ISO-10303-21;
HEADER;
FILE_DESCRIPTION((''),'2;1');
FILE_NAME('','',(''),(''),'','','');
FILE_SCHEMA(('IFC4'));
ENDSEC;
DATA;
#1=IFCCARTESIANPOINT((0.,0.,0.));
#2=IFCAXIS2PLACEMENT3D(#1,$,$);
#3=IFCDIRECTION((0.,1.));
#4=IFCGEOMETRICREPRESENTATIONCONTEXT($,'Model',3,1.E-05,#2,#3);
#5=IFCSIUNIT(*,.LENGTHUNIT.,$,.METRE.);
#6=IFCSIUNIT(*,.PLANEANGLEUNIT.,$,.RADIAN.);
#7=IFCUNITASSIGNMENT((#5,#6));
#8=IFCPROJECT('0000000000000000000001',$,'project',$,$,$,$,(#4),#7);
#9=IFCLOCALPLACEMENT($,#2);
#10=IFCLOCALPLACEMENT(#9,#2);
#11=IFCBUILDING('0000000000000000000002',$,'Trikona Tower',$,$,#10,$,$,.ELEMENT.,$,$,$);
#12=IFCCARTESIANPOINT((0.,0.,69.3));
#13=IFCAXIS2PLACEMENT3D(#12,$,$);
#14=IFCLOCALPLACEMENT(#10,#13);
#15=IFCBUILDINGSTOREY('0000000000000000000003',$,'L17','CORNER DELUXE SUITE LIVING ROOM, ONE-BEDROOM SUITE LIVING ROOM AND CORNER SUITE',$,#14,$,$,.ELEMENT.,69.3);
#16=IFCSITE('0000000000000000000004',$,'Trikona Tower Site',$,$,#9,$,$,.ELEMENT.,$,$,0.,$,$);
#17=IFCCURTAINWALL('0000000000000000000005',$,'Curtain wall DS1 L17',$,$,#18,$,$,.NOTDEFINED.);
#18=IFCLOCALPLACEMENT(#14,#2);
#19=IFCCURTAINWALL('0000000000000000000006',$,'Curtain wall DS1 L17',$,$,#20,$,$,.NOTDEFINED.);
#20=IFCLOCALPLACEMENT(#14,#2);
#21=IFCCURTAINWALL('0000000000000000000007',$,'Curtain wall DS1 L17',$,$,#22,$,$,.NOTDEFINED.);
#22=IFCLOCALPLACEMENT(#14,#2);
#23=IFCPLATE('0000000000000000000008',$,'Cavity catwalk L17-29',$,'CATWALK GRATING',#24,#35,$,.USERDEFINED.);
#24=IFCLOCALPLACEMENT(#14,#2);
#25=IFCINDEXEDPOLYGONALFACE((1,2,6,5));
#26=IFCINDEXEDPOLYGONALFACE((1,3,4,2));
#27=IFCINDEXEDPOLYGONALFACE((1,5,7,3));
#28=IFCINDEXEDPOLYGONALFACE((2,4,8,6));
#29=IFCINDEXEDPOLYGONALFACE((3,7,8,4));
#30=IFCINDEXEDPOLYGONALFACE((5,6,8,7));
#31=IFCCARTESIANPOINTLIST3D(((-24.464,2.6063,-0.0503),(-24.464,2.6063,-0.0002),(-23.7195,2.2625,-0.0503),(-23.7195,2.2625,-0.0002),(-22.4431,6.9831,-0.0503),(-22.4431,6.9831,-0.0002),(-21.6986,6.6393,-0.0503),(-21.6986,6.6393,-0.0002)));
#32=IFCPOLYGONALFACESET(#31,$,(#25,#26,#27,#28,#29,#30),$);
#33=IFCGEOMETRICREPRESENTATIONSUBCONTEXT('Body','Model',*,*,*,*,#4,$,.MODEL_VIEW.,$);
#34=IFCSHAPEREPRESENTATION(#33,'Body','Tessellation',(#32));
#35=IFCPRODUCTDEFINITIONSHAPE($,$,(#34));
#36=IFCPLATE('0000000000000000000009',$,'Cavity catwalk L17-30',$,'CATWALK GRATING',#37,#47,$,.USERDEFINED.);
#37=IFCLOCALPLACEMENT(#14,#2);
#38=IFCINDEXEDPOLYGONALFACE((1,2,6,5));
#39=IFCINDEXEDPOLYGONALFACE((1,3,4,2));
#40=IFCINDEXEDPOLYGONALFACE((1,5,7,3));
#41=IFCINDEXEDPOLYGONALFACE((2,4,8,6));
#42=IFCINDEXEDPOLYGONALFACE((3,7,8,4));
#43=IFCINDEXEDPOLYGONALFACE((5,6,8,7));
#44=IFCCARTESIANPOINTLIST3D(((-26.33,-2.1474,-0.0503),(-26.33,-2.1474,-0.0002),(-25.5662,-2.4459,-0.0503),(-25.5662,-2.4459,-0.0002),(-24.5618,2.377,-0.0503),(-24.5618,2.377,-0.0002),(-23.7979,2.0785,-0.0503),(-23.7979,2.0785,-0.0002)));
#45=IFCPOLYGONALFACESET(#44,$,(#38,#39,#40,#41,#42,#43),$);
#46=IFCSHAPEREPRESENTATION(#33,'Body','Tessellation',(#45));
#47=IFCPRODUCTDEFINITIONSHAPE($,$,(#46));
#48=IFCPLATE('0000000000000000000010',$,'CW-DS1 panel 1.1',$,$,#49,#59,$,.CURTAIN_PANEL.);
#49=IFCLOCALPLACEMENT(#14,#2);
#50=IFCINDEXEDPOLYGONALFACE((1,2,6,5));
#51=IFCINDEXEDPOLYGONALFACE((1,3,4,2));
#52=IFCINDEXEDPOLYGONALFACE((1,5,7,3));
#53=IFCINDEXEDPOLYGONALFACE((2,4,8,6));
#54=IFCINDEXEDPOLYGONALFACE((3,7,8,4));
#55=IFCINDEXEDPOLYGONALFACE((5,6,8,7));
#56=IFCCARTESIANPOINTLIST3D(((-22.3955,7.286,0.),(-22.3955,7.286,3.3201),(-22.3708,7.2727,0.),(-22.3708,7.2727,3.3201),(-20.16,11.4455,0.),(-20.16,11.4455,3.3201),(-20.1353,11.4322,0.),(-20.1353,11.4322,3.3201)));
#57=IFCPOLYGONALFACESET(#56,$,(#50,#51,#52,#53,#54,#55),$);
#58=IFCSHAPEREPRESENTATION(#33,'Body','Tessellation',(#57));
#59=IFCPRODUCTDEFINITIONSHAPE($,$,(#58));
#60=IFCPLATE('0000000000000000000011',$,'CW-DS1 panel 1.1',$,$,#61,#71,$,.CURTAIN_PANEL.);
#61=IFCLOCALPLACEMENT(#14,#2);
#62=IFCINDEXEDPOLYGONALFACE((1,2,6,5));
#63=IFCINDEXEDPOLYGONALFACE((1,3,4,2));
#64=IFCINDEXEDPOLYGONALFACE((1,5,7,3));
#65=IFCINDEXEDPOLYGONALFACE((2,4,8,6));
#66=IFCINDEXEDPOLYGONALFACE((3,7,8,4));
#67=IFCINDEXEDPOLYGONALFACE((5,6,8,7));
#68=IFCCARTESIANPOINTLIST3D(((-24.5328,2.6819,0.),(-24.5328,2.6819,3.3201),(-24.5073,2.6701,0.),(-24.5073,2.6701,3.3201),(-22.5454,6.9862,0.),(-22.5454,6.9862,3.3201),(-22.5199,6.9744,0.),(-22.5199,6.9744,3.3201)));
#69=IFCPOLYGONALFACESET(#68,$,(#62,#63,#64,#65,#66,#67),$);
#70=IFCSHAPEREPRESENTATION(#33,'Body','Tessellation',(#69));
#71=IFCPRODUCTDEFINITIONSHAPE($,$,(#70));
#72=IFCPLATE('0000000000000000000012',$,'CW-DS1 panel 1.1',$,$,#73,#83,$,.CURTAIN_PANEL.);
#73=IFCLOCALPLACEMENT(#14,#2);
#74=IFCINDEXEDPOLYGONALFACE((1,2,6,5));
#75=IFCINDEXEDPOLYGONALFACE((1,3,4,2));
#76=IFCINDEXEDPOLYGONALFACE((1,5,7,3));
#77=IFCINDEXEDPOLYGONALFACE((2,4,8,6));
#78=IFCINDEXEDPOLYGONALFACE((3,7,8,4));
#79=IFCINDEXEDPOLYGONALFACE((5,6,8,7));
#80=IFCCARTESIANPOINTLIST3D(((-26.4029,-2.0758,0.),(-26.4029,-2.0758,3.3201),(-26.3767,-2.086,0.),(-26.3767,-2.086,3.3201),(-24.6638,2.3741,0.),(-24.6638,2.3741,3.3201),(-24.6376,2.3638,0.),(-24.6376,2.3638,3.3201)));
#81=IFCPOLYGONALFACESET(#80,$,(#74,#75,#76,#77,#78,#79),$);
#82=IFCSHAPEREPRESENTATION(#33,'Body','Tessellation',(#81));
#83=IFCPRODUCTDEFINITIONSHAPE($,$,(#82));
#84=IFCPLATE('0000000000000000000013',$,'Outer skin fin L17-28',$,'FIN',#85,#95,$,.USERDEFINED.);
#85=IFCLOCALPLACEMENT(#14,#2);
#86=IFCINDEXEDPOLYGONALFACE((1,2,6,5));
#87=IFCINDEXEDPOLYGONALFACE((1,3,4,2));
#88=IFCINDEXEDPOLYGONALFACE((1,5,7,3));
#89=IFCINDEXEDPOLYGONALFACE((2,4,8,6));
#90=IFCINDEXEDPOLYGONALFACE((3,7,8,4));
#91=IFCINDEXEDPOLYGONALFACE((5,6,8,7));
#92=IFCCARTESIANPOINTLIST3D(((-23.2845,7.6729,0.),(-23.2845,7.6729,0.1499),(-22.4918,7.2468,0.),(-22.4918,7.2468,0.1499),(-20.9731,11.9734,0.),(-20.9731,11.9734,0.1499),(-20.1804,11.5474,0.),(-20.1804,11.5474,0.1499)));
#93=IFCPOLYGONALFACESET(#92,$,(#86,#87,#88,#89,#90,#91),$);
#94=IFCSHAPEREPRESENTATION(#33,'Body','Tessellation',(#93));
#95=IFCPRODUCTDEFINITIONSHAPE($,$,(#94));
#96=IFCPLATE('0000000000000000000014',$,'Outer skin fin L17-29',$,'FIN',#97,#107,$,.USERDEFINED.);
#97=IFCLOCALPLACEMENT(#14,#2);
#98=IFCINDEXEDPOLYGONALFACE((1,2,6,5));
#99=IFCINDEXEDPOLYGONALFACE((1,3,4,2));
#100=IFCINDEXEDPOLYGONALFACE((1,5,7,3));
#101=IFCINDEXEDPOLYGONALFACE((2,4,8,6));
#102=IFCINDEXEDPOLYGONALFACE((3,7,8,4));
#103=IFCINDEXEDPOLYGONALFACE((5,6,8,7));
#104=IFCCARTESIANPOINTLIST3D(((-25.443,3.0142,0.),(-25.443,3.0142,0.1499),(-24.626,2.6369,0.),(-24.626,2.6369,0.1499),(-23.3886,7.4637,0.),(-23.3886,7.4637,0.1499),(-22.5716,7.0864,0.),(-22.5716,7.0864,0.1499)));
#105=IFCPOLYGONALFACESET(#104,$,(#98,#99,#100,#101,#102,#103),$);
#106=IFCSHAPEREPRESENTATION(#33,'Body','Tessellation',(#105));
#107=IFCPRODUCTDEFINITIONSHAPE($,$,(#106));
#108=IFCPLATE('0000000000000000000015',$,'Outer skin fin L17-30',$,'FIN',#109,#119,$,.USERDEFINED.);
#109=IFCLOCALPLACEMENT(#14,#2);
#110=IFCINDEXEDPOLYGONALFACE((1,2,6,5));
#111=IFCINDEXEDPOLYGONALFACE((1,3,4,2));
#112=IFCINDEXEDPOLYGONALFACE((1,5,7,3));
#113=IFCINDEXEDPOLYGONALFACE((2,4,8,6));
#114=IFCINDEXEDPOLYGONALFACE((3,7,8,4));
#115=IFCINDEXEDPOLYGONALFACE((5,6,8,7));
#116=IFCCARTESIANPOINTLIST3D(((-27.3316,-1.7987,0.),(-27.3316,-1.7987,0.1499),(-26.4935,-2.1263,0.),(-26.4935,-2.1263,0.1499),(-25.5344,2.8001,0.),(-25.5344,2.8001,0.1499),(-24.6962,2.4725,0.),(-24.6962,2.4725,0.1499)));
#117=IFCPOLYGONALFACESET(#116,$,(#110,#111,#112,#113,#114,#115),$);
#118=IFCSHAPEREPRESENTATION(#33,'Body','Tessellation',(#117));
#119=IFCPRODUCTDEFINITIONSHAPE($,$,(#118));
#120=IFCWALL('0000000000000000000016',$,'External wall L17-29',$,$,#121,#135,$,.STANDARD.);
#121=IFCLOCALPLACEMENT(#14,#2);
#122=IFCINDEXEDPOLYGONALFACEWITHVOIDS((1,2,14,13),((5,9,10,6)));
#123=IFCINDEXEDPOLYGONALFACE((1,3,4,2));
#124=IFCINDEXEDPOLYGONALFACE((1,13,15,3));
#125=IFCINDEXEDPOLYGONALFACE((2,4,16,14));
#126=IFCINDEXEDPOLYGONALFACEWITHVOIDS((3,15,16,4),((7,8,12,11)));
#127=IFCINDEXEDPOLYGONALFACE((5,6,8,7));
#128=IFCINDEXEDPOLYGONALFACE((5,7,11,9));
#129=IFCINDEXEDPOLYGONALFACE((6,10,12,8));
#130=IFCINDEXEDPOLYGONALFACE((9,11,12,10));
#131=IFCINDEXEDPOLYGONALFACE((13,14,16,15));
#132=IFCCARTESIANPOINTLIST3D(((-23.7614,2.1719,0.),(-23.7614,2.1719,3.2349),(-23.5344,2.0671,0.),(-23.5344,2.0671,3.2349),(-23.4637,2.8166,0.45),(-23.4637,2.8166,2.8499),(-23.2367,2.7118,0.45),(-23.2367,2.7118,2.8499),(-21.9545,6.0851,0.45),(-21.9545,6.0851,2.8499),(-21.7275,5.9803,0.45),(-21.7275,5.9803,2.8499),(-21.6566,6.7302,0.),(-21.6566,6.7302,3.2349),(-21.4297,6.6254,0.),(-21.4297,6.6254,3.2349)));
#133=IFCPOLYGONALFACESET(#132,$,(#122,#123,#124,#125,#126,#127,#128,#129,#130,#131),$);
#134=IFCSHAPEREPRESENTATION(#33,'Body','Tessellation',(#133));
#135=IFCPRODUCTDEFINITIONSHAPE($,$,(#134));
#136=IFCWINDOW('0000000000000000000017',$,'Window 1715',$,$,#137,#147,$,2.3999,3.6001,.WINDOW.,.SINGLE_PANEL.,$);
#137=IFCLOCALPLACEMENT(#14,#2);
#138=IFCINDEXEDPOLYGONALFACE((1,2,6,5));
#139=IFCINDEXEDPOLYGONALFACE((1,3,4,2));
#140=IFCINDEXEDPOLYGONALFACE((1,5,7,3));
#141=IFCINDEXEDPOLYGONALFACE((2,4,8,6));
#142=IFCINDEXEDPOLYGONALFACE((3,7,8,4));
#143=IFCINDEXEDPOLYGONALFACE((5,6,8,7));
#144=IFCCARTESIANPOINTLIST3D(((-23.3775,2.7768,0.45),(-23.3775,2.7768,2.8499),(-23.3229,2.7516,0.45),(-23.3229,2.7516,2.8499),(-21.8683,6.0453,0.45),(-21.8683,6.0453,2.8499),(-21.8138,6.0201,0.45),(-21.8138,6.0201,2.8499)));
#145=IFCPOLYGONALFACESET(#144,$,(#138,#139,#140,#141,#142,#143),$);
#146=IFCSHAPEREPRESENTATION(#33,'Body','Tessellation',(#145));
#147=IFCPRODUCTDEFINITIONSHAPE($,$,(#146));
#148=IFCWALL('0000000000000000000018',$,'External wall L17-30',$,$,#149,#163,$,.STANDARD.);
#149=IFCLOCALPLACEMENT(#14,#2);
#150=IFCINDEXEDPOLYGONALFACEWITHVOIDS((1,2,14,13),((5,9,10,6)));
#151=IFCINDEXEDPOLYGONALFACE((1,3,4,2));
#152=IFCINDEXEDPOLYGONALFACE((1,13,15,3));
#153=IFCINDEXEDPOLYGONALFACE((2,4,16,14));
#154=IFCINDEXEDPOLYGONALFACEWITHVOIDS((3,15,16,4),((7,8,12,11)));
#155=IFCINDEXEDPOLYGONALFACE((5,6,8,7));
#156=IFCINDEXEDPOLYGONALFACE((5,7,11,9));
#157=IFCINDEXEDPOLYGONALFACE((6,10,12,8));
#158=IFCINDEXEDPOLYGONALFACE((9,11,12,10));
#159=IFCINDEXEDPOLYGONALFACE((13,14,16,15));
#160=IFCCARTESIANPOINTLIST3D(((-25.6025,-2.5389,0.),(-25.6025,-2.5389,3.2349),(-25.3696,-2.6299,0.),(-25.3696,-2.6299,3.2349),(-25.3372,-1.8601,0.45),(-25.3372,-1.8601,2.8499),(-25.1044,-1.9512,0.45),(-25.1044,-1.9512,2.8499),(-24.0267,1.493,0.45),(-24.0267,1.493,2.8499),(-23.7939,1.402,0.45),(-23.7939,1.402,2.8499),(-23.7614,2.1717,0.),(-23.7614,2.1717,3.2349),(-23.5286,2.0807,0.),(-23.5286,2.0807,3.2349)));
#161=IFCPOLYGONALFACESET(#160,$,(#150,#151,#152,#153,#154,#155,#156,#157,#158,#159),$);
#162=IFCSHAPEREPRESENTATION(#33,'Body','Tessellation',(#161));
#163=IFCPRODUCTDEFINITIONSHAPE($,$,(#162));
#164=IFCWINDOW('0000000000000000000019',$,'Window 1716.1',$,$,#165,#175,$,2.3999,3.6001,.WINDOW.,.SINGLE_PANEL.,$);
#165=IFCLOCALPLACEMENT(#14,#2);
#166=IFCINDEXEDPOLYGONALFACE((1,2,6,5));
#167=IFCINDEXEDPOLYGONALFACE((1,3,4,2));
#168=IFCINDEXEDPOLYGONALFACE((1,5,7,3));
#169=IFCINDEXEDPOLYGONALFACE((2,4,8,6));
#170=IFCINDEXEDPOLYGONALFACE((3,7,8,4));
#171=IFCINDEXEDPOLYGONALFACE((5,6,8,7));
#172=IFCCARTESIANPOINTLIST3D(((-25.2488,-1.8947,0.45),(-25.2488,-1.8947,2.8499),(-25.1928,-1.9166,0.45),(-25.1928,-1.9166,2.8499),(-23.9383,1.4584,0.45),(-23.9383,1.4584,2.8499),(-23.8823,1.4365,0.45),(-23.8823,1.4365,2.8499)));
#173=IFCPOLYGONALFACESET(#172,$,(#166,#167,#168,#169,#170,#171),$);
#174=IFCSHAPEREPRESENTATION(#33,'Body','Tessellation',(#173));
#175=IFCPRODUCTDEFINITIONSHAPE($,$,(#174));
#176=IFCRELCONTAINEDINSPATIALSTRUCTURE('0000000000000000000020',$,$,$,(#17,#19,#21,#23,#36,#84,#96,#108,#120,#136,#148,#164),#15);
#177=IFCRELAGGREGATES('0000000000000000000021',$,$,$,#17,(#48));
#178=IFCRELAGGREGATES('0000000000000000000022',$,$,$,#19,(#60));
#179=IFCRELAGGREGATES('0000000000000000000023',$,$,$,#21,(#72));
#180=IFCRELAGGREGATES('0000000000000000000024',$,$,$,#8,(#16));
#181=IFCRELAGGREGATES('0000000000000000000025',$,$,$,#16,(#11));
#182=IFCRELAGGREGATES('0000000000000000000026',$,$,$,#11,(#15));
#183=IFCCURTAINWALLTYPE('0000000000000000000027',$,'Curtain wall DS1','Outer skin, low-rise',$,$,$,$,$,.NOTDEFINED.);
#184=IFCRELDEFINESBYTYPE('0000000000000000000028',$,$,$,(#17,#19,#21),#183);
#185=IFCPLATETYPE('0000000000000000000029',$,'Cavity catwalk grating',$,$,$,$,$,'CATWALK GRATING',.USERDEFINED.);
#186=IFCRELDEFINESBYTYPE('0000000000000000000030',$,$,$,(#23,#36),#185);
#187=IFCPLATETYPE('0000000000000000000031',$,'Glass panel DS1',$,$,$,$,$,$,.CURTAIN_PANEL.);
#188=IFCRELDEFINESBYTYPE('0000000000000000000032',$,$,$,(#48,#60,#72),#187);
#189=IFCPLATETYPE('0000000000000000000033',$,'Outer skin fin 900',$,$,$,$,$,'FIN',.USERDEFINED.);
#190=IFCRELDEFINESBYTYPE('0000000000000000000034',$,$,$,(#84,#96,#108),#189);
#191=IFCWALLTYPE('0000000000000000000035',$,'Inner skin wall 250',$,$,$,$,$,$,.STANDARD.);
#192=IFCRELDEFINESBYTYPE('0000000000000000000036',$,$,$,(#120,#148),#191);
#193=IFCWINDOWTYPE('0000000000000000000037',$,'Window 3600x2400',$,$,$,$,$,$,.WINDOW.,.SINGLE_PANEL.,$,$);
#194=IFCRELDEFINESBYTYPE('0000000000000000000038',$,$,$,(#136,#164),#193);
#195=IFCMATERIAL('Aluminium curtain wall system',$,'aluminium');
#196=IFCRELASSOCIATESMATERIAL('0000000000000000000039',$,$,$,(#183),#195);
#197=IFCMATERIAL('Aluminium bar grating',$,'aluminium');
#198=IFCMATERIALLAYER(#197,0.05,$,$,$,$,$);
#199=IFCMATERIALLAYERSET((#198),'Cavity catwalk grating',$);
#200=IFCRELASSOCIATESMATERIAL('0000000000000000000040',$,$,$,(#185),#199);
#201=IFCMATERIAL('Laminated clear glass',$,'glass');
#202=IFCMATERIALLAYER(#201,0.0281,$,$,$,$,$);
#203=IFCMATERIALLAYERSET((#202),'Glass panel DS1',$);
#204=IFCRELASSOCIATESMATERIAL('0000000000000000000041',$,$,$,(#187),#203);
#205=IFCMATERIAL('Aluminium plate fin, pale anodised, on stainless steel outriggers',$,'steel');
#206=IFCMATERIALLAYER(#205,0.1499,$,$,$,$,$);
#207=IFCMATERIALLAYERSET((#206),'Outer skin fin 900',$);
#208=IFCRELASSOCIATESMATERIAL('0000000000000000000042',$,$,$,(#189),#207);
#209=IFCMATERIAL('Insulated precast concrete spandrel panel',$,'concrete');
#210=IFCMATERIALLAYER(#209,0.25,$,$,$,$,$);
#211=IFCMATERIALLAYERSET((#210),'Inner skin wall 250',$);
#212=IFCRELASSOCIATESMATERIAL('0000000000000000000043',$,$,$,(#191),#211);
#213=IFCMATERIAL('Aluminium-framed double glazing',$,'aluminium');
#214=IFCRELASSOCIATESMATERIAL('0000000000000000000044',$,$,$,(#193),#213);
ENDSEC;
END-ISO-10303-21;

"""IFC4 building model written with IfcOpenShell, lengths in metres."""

from ifc_helpers import new_model, si_unit, direction, frame, frame_2d, origin, origin_2d, place, context, subcontext, project, spatial, rectangle, extrude, material, layer, layer_set, type_object, element, fill, aggregate, save


model = new_model("IFC4")

# Units and contexts
model_context = context("Model", 3, precision=1e-05, world=origin(), true_north=direction((0.0, 1.0)))
body_context = subcontext(model_context, "Body", "Model", "MODEL_VIEW")
ifc_project = project(units=[si_unit("LENGTHUNIT", "METRE"), si_unit("PLANEANGLEUNIT", "RADIAN")], contexts=[model_context])

# Site, building, storey
site_placement = place(None, origin())
site = spatial("IfcSite", under=ifc_project, at=site_placement, Name="Trikona Tower Site", CompositionType="ELEMENT", RefElevation=0.0)
building_placement = place(site_placement, origin())
building = spatial("IfcBuilding", under=site, at=building_placement, Name="Trikona Tower", CompositionType="ELEMENT")
storey_placement = place(building_placement, frame((0.0, 0.0, 69.3)))
storey = spatial("IfcBuildingStorey", under=building, at=storey_placement, Name="L17", Description="CORNER DELUXE SUITE LIVING ROOM, ONE-BEDROOM SUITE LIVING ROOM AND CORNER SUITE", CompositionType="ELEMENT", Elevation=69.3)

# Shared definitions
ifc_material_1 = material(Name="Aluminium curtain wall system", Category="aluminium")
curtain_wall_type = type_object("IfcCurtainWallType", Name="Curtain wall DS1", Description="Outer skin, low-rise", PredefinedType="NOTDEFINED", material=ifc_material_1)

# Curtain walls
curtain_wall_1_placement = place(storey_placement, origin())
curtain_wall_1 = element("IfcCurtainWall", 1, at=curtain_wall_1_placement, inside=storey, type_object=curtain_wall_type, Name="Curtain wall DS1 L17", PredefinedType="NOTDEFINED")
curtain_wall_2_placement = place(storey_placement, origin())
curtain_wall_2 = element("IfcCurtainWall", 2, at=curtain_wall_2_placement, inside=storey, type_object=curtain_wall_type, Name="Curtain wall DS1 L17", PredefinedType="NOTDEFINED")

# Curtain wall
curtain_wall_3_placement = place(storey_placement, origin())
curtain_wall_3 = element("IfcCurtainWall", 3, at=curtain_wall_3_placement, inside=storey, type_object=curtain_wall_type, Name="Curtain wall DS1 L17", PredefinedType="NOTDEFINED")

# Plates
ifc_material_2 = material(Name="Aluminium bar grating", Category="aluminium")
ifc_layer_1 = layer(ifc_material_2, 0.05)
ifc_layer_set_1 = layer_set([ifc_layer_1], Name="Cavity catwalk grating")
plate_type_1 = type_object("IfcPlateType", Name="Cavity catwalk grating", ElementType="CATWALK GRATING", PredefinedType="USERDEFINED", material=ifc_layer_set_1)
plate_1_placement = place(storey_placement, frame((-23.0813, 4.6228, -0.0503), z_axis=(0.0, 0.0, 1.0), x_axis=(-0.419194, -0.907897, 0.0)))
element("IfcPlate", 4, at=plate_1_placement, inside=storey, type_object=plate_type_1, Name="Cavity catwalk L17-29", ObjectType="CATWALK GRATING", PredefinedType="USERDEFINED", context=body_context, shape_type="SweptSolid", body=[
    extrude(rectangle(XDim=4.8208, YDim=0.8201, at=origin_2d()), origin(), (0.0, 0.0, 1.0), 0.05),
])
plate_2_placement = place(storey_placement, frame((-25.064, -0.0344, -0.0503), z_axis=(0.0, 0.0, 1.0), x_axis=(-0.364009, -0.931395, 0.0)))
element("IfcPlate", 5, at=plate_2_placement, inside=storey, type_object=plate_type_1, Name="Cavity catwalk L17-30", ObjectType="CATWALK GRATING", PredefinedType="USERDEFINED", context=body_context, shape_type="SweptSolid", body=[
    extrude(rectangle(XDim=4.8577, YDim=0.8201, at=origin_2d()), origin(), (0.0, 0.0, 1.0), 0.05),
])

# Plates
ifc_material_3 = material(Name="Laminated clear glass", Category="glass")
ifc_layer_2 = layer(ifc_material_3, 0.0281)
ifc_layer_set_2 = layer_set([ifc_layer_2], Name="Glass panel DS1")
plate_type_2 = type_object("IfcPlateType", Name="Glass panel DS1", PredefinedType="CURTAIN_PANEL", material=ifc_layer_set_2)
plate_3_placement = place(storey_placement, frame((-21.2654, 9.3591, 0.0), z_axis=(0.0, 0.0, 1.0), x_axis=(-0.473408, -0.880843, 0.0)))
plate_3 = element("IfcPlate", 6, at=plate_3_placement, type_object=plate_type_2, Name="CW-DS1 panel 1.1", PredefinedType="CURTAIN_PANEL", context=body_context, shape_type="SweptSolid", body=[
    extrude(rectangle(XDim=4.7222, YDim=0.0281, at=origin_2d()), origin(), (0.0, 0.0, 1.0), 3.3201),
])
aggregate(curtain_wall_1, [plate_3])
plate_4_placement = place(storey_placement, frame((-23.5264, 4.8281, 0.0), z_axis=(0.0, 0.0, 1.0), x_axis=(-0.41919, -0.907898, 0.0)))
plate_4 = element("IfcPlate", 7, at=plate_4_placement, type_object=plate_type_2, Name="CW-DS1 panel 1.1", PredefinedType="CURTAIN_PANEL", context=body_context, shape_type="SweptSolid", body=[
    extrude(rectangle(XDim=4.741, YDim=0.0281, at=origin_2d()), origin(), (0.0, 0.0, 1.0), 3.3201),
])
aggregate(curtain_wall_2, [plate_4])
plate_5_placement = place(storey_placement, frame((-25.5203, 0.144, 0.0), z_axis=(0.0, 0.0, 1.0), x_axis=(-0.364008, -0.931396, 0.0)))
plate_5 = element("IfcPlate", 8, at=plate_5_placement, type_object=plate_type_2, Name="CW-DS1 panel 1.1", PredefinedType="CURTAIN_PANEL", context=body_context, shape_type="SweptSolid", body=[
    extrude(rectangle(XDim=4.7776, YDim=0.0281, at=origin_2d()), origin(), (0.0, 0.0, 1.0), 3.3201),
])
aggregate(curtain_wall_3, [plate_5])

# Plates
ifc_material_4 = material(Name="Aluminium plate fin, pale anodised, on stainless steel outriggers", Category="steel")
ifc_layer_3 = layer(ifc_material_4, 0.1499)
ifc_layer_set_3 = layer_set([ifc_layer_3], Name="Outer skin fin 900")
plate_type_3 = type_object("IfcPlateType", Name="Outer skin fin 900", ElementType="FIN", PredefinedType="USERDEFINED", material=ifc_layer_set_3)
plate_6_placement = place(storey_placement, frame((-21.7324, 9.6101, 0.0), z_axis=(0.0, 0.0, 1.0), x_axis=(-0.473423, -0.880835, 0.0)))
element("IfcPlate", 9, at=plate_6_placement, inside=storey, type_object=plate_type_3, Name="Outer skin fin L17-28", ObjectType="FIN", PredefinedType="USERDEFINED", context=body_context, shape_type="SweptSolid", body=[
    extrude(rectangle(XDim=4.8823, YDim=0.8999, at=origin_2d()), origin(), (0.0, 0.0, 1.0), 0.1499),
])
plate_7_placement = place(storey_placement, frame((-24.0073, 5.0503, 0.0), z_axis=(0.0, 0.0, 1.0), x_axis=(-0.419194, -0.907897, 0.0)))
element("IfcPlate", 10, at=plate_7_placement, inside=storey, type_object=plate_type_3, Name="Outer skin fin L17-29", ObjectType="FIN", PredefinedType="USERDEFINED", context=body_context, shape_type="SweptSolid", body=[
    extrude(rectangle(XDim=4.9009, YDim=0.8999, at=origin_2d()), origin(), (0.0, 0.0, 1.0), 0.1499),
])
plate_8_placement = place(storey_placement, frame((-26.0139, 0.3369, 0.0), z_axis=(0.0, 0.0, 1.0), x_axis=(-0.364009, -0.931395, 0.0)))
element("IfcPlate", 11, at=plate_8_placement, inside=storey, type_object=plate_type_3, Name="Outer skin fin L17-30", ObjectType="FIN", PredefinedType="USERDEFINED", context=body_context, shape_type="SweptSolid", body=[
    extrude(rectangle(XDim=4.9375, YDim=0.8999, at=origin_2d()), origin(), (0.0, 0.0, 1.0), 0.1499),
])

# Walls, openings, windows
ifc_material_5 = material(Name="Insulated precast concrete spandrel panel", Category="concrete")
ifc_layer_4 = layer(ifc_material_5, 0.25)
ifc_layer_set_4 = layer_set([ifc_layer_4], Name="Inner skin wall 250")
wall_type = type_object("IfcWallType", Name="Inner skin wall 250", PredefinedType="STANDARD", material=ifc_layer_set_4)
wall_1_placement = place(storey_placement, frame((-21.5432, 6.6777, 0.0), z_axis=(0.0, 0.0, 1.0), x_axis=(-0.419203, -0.907892, 0.0)))
wall_1 = element("IfcWall", 12, at=wall_1_placement, inside=storey, type_object=wall_type, Name="External wall L17-29", PredefinedType="STANDARD", context=body_context, shape_type="SweptSolid", body=[
    extrude(rectangle(XDim=5.0208, YDim=0.25, at=frame_2d((2.5103, 0.0))), origin(), (0.0, 0.0, 1.0), 3.2349),
])
opening_1_placement = place(wall_1_placement, frame((0.7104, 0.0, 0.45)))
opening_1 = element("IfcOpeningElement", 13, at=opening_1_placement, cuts=wall_1, PredefinedType="OPENING", context=body_context, shape_type="SweptSolid", body=[
    extrude(rectangle(XDim=3.6001, YDim=2.3999, at=frame_2d((1.8, 1.2))), frame((0.0, 0.135, 0.0), z_axis=(0.0, -1.0, 0.0), x_axis=(1.0, 0.0, 0.0)), (0.0, 0.0, 1.0), 0.27),
])
ifc_material_6 = material(Name="Aluminium-framed double glazing", Category="aluminium")
window_type = type_object("IfcWindowType", Name="Window 3600x2400", PartitioningType="SINGLE_PANEL", PredefinedType="WINDOW", material=ifc_material_6)
window_1_placement = place(opening_1_placement, origin())
window_1 = element("IfcWindow", 14, at=window_1_placement, inside=storey, type_object=window_type, Name="Window 1715", OverallHeight=2.3999, OverallWidth=3.6001, PartitioningType="SINGLE_PANEL", PredefinedType="WINDOW", context=body_context, shape_type="SweptSolid", body=[
    extrude(rectangle(XDim=3.6001, YDim=2.3999, at=frame_2d((1.8, 1.2))), frame((0.0, 0.03, 0.0), z_axis=(0.0, -1.0, 0.0), x_axis=(1.0, 0.0, 0.0)), (0.0, 0.0, 1.0), 0.0601),
])
fill(opening_1, window_1)
wall_2_placement = place(storey_placement, frame((-23.645, 2.1262, 0.0), z_axis=(0.0, 0.0, 1.0), x_axis=(-0.364013, -0.931394, 0.0)))
wall_2 = element("IfcWall", 15, at=wall_2_placement, inside=storey, type_object=wall_type, Name="External wall L17-30", PredefinedType="STANDARD", context=body_context, shape_type="SweptSolid", body=[
    extrude(rectangle(XDim=5.0576, YDim=0.25, at=frame_2d((2.5288, 0.0))), origin(), (0.0, 0.0, 1.0), 3.2349),
])
opening_2_placement = place(wall_2_placement, frame((0.7288, 0.0, 0.45)))
opening_2 = element("IfcOpeningElement", 16, at=opening_2_placement, cuts=wall_2, PredefinedType="OPENING", context=body_context, shape_type="SweptSolid", body=[
    extrude(rectangle(XDim=3.6001, YDim=2.3999, at=frame_2d((1.8, 1.2))), frame((0.0, 0.135, 0.0), z_axis=(0.0, -1.0, 0.0), x_axis=(1.0, 0.0, 0.0)), (0.0, 0.0, 1.0), 0.27),
])
window_2_placement = place(opening_2_placement, origin())
window_2 = element("IfcWindow", 17, at=window_2_placement, inside=storey, type_object=window_type, Name="Window 1716.1", OverallHeight=2.3999, OverallWidth=3.6001, PartitioningType="SINGLE_PANEL", PredefinedType="WINDOW", context=body_context, shape_type="SweptSolid", body=[
    extrude(rectangle(XDim=3.6001, YDim=2.3999, at=frame_2d((1.8, 1.2))), frame((0.0, 0.03, 0.0), z_axis=(0.0, -1.0, 0.0), x_axis=(1.0, 0.0, 0.0)), (0.0, 0.0, 1.0), 0.0601),
])
fill(opening_2, window_2)

save(model, "model.ifc")
